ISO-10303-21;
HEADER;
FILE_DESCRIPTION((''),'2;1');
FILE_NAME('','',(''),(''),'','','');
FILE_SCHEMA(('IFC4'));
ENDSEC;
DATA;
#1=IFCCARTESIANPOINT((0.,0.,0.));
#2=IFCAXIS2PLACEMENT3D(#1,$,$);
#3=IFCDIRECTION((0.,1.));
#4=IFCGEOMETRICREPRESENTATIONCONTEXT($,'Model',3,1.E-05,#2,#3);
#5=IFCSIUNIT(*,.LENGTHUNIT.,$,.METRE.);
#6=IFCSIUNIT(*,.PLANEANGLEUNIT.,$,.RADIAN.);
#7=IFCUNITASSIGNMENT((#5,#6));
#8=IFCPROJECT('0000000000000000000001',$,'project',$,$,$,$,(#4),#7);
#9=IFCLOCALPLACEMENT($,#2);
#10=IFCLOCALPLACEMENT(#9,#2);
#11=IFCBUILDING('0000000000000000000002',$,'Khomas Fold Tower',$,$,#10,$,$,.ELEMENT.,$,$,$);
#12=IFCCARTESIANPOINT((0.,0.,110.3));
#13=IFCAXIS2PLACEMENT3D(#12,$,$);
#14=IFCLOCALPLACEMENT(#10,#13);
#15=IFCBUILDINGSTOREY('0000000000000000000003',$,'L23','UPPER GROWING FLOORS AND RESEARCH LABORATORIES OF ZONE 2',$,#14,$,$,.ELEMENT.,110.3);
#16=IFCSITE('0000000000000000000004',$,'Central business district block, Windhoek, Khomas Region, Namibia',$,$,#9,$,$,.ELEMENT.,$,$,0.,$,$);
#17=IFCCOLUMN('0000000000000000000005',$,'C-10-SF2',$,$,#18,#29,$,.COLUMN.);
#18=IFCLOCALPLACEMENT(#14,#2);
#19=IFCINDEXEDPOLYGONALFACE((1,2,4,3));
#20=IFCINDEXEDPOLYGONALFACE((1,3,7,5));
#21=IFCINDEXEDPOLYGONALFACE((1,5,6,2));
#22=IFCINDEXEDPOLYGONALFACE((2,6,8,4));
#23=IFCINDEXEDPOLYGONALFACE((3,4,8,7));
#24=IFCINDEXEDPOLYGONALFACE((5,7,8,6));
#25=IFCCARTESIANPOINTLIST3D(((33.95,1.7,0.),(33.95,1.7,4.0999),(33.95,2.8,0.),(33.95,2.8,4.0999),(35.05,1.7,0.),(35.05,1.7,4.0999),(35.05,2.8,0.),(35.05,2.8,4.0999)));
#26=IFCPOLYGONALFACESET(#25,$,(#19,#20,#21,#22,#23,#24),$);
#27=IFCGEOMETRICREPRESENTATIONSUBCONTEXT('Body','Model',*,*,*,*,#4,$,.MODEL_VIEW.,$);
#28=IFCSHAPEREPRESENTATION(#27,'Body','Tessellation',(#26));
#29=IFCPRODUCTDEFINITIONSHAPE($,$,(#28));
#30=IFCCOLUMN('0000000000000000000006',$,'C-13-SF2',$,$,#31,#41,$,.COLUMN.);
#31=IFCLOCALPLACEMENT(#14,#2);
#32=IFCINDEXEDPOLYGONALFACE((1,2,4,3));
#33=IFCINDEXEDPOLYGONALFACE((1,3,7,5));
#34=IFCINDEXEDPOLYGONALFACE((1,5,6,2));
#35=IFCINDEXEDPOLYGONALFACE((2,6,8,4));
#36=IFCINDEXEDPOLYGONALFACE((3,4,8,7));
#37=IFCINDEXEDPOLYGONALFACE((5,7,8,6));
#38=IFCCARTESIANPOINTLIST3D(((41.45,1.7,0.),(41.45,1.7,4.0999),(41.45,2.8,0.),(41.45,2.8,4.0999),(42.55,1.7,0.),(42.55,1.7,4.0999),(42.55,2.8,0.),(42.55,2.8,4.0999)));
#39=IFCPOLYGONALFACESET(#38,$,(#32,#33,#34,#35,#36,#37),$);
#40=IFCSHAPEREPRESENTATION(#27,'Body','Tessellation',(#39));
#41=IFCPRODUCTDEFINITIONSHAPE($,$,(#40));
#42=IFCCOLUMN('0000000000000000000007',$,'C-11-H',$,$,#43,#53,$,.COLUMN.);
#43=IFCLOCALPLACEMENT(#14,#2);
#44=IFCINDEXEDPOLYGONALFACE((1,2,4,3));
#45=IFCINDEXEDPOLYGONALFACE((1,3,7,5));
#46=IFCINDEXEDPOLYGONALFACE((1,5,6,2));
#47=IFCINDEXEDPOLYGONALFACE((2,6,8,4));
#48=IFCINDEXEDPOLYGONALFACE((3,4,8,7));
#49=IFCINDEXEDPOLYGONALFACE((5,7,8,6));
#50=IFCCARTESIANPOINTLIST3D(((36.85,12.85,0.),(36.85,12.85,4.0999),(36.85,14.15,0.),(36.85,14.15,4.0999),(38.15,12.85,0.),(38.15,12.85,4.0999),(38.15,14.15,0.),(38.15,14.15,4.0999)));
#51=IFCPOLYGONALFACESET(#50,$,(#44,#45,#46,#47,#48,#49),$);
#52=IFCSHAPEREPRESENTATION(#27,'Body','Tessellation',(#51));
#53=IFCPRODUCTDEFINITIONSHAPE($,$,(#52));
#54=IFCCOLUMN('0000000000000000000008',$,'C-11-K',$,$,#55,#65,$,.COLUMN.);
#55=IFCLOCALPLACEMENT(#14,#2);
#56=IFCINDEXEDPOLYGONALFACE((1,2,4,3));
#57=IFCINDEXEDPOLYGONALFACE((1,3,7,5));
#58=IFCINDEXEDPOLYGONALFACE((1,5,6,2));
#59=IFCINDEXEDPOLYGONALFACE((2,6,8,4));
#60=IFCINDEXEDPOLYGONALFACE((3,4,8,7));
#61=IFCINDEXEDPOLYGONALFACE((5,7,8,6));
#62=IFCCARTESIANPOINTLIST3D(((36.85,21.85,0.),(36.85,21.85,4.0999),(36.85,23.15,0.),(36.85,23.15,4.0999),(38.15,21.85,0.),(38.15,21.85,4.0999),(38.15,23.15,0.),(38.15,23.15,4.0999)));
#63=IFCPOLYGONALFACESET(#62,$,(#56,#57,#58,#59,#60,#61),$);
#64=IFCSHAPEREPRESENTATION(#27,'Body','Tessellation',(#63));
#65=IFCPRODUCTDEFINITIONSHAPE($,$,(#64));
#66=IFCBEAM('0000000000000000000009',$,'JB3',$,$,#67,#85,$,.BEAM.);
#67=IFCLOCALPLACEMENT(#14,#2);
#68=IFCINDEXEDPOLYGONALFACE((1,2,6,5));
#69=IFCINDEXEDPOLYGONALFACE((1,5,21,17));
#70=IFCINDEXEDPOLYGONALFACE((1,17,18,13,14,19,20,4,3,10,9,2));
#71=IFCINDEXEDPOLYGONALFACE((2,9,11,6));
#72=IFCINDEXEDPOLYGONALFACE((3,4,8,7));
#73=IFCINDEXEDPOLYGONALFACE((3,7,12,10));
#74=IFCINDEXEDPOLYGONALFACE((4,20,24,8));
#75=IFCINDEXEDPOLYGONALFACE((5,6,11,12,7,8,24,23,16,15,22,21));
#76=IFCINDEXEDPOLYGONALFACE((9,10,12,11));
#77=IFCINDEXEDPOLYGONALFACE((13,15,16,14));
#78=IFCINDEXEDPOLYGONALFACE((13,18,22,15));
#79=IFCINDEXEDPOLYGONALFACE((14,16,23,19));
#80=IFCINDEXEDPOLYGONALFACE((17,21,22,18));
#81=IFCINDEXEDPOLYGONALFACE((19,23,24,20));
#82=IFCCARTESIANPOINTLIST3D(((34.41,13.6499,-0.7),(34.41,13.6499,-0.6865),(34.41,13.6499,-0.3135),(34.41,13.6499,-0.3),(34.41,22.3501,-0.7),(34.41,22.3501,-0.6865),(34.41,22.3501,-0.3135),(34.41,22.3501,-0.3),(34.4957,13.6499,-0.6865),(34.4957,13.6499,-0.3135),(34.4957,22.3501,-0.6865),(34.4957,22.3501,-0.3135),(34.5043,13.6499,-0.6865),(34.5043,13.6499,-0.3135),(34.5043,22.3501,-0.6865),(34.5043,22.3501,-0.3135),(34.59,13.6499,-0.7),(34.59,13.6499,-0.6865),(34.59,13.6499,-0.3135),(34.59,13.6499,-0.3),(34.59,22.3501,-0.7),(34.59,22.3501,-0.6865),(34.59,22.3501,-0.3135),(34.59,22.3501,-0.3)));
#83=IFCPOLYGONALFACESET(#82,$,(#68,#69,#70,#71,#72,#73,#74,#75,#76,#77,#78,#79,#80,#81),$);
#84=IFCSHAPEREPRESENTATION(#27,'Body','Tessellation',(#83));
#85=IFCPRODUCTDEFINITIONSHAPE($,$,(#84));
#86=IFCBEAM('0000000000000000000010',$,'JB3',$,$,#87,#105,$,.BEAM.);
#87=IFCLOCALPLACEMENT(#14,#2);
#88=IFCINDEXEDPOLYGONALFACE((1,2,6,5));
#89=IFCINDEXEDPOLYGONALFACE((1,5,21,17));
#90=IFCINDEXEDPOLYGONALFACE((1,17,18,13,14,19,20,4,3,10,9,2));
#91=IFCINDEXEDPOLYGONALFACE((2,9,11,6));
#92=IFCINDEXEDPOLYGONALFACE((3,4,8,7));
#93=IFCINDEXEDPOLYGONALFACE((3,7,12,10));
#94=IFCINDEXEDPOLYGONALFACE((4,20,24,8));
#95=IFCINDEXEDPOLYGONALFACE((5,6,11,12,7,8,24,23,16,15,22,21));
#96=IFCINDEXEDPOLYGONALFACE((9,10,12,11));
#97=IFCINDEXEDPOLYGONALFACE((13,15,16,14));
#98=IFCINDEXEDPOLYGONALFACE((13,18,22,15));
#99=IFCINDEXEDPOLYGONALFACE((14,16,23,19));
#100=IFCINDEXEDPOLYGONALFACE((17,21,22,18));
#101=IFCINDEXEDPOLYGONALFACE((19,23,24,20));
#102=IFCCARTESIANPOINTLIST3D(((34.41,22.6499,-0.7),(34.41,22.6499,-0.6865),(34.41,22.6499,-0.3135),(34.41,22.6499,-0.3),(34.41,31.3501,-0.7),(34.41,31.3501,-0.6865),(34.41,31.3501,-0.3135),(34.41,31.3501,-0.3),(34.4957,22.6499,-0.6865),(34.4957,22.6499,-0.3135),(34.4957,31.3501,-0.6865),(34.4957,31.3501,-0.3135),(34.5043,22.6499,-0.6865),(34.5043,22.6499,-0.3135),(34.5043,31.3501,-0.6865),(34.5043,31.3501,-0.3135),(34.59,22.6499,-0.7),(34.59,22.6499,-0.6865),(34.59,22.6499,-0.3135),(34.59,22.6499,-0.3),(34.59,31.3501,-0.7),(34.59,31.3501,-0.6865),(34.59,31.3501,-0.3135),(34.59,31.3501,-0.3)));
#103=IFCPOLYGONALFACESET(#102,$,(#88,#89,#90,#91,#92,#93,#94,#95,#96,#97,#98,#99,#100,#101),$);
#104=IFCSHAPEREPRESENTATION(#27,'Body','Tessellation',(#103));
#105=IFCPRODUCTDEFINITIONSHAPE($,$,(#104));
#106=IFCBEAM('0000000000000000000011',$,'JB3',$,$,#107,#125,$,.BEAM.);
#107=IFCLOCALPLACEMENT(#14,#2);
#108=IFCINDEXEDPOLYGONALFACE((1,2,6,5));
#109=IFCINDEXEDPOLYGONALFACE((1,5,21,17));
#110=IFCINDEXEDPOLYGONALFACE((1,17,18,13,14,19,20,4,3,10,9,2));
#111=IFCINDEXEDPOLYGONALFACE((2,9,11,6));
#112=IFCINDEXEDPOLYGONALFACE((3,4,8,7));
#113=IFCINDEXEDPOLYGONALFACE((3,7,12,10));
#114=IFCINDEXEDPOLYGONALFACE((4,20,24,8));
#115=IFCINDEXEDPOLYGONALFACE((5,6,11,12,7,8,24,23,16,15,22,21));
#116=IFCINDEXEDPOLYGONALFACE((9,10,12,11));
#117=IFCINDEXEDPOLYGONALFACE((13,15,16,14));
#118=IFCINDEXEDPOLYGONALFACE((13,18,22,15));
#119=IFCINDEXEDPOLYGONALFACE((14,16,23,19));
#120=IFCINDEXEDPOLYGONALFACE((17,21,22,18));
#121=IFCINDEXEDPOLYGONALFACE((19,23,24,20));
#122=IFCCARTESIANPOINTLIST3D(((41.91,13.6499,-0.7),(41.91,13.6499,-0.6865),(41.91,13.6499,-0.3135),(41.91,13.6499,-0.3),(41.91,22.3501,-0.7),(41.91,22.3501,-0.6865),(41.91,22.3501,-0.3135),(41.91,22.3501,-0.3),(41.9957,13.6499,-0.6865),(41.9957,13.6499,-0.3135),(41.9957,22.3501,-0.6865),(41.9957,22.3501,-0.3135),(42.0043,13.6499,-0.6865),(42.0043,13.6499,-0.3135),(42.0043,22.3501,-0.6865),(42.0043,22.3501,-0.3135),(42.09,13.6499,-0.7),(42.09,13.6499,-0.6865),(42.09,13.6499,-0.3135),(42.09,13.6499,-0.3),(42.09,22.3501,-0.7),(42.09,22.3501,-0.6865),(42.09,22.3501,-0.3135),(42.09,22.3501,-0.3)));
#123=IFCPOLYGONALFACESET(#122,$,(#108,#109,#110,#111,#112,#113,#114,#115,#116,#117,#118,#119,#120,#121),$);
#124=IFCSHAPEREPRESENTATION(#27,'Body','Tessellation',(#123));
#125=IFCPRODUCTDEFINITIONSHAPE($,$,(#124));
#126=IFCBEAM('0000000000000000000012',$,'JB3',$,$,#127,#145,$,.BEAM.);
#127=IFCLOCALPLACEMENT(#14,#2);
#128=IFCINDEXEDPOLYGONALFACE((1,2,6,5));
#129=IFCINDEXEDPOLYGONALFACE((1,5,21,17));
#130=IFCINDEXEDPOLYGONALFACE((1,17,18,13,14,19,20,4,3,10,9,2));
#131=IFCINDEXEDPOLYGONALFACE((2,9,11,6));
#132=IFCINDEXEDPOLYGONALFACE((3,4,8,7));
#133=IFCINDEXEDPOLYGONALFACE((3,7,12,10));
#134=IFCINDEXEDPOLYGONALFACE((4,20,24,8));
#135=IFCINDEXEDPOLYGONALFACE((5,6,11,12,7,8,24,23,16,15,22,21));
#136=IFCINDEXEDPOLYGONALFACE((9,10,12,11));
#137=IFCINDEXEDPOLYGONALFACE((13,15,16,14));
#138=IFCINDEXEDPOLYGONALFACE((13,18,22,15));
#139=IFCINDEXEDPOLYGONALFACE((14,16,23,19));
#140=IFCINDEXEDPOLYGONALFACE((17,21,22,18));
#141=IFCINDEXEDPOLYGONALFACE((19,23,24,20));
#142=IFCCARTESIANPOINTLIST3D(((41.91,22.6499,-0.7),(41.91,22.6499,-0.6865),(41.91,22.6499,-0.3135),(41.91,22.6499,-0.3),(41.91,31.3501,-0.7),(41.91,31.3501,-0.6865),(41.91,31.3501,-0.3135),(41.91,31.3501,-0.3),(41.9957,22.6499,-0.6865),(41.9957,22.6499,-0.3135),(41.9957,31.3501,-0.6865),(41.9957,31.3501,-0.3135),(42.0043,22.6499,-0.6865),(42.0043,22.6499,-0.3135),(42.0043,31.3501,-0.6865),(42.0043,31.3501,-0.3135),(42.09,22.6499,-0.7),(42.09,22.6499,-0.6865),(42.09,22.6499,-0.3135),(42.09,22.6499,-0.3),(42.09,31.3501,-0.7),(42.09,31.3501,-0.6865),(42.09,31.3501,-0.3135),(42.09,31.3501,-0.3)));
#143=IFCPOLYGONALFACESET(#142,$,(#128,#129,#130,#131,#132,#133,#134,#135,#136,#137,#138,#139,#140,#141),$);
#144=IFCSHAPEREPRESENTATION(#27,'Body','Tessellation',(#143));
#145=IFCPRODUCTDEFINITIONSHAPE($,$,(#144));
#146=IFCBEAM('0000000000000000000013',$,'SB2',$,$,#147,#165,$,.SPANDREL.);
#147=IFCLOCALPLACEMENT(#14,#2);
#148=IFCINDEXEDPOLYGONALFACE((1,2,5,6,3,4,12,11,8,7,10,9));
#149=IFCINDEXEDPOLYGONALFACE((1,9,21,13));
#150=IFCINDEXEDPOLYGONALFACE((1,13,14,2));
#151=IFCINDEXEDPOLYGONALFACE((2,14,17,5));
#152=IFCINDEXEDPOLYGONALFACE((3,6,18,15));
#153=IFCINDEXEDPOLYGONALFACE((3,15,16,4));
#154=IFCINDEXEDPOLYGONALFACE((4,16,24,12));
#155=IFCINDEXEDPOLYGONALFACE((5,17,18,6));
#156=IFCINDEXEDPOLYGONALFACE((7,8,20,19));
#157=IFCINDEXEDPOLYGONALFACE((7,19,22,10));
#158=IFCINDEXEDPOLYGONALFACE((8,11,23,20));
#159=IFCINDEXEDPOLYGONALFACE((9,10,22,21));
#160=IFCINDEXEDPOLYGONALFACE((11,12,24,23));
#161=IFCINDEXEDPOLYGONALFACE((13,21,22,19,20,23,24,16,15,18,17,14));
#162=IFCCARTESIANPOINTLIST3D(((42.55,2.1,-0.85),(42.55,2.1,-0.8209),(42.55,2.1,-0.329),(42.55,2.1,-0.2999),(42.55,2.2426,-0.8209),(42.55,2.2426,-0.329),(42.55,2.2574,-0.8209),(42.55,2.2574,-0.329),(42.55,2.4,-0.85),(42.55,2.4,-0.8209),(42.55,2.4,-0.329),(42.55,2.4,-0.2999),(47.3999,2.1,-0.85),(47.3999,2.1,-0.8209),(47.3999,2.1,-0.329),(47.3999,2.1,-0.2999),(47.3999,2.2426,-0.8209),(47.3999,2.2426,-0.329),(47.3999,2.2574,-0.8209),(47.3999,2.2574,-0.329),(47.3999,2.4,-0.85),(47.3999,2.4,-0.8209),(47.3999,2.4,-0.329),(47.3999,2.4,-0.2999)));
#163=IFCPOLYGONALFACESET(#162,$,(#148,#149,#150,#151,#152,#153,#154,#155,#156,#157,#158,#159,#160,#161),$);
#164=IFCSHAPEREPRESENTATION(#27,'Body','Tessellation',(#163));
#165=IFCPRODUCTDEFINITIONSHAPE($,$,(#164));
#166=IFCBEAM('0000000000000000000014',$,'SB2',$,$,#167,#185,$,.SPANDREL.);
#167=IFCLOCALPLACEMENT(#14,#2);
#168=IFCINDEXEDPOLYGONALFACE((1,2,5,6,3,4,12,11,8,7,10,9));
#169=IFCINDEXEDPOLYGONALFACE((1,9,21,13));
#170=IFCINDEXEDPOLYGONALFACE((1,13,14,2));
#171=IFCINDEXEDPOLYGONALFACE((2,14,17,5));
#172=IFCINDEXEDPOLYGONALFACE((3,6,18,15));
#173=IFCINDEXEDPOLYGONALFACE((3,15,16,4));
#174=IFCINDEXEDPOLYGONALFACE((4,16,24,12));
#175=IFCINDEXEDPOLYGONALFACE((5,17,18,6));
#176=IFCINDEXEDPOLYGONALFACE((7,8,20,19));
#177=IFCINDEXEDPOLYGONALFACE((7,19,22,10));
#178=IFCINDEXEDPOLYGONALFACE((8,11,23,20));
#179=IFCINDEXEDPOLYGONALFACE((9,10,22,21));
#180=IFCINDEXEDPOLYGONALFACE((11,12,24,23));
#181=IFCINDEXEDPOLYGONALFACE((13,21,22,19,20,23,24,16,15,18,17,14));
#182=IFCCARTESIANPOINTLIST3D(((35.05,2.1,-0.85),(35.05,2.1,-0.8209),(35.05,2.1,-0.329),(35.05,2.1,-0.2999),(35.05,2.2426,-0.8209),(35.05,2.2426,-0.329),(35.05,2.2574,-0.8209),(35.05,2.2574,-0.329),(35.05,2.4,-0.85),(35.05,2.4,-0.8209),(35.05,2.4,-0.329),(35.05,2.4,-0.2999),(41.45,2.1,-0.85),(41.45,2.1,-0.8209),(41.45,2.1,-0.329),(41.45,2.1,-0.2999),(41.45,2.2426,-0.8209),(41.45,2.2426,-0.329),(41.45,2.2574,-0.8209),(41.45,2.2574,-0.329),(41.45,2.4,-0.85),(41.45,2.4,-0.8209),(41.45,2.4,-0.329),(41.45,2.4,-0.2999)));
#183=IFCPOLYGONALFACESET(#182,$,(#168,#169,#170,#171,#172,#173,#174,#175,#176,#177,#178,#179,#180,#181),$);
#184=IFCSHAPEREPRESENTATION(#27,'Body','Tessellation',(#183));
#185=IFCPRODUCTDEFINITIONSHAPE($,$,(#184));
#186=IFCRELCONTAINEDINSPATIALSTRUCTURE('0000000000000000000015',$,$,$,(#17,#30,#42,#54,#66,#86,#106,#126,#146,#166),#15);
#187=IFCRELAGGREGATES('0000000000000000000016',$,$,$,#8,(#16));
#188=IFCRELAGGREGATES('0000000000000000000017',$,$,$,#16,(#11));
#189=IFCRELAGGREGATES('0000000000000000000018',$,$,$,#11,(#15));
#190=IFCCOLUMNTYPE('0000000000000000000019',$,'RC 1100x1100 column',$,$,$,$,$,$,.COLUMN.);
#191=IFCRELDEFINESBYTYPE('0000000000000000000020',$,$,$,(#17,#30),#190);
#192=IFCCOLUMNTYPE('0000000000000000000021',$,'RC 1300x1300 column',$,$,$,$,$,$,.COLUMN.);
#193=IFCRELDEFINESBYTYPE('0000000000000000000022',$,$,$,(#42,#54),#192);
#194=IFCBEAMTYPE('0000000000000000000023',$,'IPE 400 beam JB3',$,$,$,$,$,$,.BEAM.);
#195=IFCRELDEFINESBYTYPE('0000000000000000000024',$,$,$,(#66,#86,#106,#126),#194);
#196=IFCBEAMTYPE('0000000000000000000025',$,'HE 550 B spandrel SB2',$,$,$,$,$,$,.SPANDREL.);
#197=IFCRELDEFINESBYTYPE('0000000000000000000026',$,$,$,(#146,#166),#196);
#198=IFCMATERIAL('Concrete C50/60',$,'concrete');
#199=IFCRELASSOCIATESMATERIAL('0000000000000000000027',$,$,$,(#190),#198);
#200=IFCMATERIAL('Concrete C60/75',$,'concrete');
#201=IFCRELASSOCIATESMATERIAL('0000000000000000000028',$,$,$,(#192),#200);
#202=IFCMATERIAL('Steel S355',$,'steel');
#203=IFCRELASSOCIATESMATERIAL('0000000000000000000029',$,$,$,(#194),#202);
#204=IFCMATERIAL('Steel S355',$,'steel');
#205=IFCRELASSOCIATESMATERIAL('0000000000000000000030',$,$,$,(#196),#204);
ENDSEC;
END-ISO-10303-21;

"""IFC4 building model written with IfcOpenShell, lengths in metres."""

from ifc_helpers import new_model, si_unit, direction, frame, origin, origin_2d, place, context, subcontext, project, spatial, rectangle, i_section, extrude, source, transform, mapped, material, material_profile, profile_set, type_object, element, save


model = new_model("IFC4")

# Units and contexts
model_context = context("Model", 3, precision=1e-05, world=origin(), true_north=direction((0.0, 1.0)))
body_context = subcontext(model_context, "Body", "Model", "MODEL_VIEW")
ifc_project = project(units=[si_unit("LENGTHUNIT", "METRE"), si_unit("PLANEANGLEUNIT", "RADIAN")], contexts=[model_context])

# Site, building, storey
site_placement = place(None, origin())
site = spatial("IfcSite", under=ifc_project, at=site_placement, Name="Central business district block, Windhoek, Khomas Region, Namibia", CompositionType="ELEMENT", RefElevation=0.0)
building_placement = place(site_placement, origin())
building = spatial("IfcBuilding", under=site, at=building_placement, Name="Khomas Fold Tower", CompositionType="ELEMENT")
storey_placement = place(building_placement, frame((0.0, 0.0, 110.3)))
storey = spatial("IfcBuildingStorey", under=building, at=storey_placement, Name="L23", Description="UPPER GROWING FLOORS AND RESEARCH LABORATORIES OF ZONE 2", CompositionType="ELEMENT", Elevation=110.3)

# Columns
ifc_material_1 = material(Name="Concrete C50/60", Category="concrete")
ifc_material_profile_1 = material_profile(ifc_material_1, rectangle(XDim=1.1001, YDim=1.1001, at=origin_2d()), Name="RC 1100x1100")
ifc_profile_set_1 = profile_set([ifc_material_profile_1], Name="Concrete C50/60")
column_type_1 = type_object("IfcColumnType", Name="RC 1100x1100 column", PredefinedType="COLUMN", material=ifc_profile_set_1)
shared_shape_1 = source(origin(), body_context, "Body", "SweptSolid", [
    extrude(rectangle(XDim=1.1001, YDim=1.1001, at=origin_2d()), origin(), (0.0, 0.0, 1.0), 4.0999),
])
for number, where, z_axis, x_axis, name in (
    (1, (34.5, 2.25, 0.0), (0.0, 0.0, 1.0), (1.0, 0.0, 0.0), "C-10-SF2"),
    (2, (42.0, 2.25, 0.0), (0.0, 0.0, 1.0), (1.0, 0.0, 0.0), "C-13-SF2"),
):
    element("IfcColumn", number, at=place(storey_placement, frame(where, z_axis=z_axis, x_axis=x_axis)), inside=storey, type_object=column_type_1, Name=name, PredefinedType="COLUMN", context=body_context, shape_type="MappedRepresentation", body=[
        mapped(shared_shape_1, transform((0.0, 0.0, 0.0))),
    ])
ifc_material_2 = material(Name="Concrete C60/75", Category="concrete")
ifc_material_profile_2 = material_profile(ifc_material_2, rectangle(XDim=1.3, YDim=1.3, at=origin_2d()), Name="RC 1300x1300")
ifc_profile_set_2 = profile_set([ifc_material_profile_2], Name="Concrete C60/75")
column_type_2 = type_object("IfcColumnType", Name="RC 1300x1300 column", PredefinedType="COLUMN", material=ifc_profile_set_2)
shared_shape_2 = source(origin(), body_context, "Body", "SweptSolid", [
    extrude(rectangle(XDim=1.3, YDim=1.3, at=origin_2d()), origin(), (0.0, 0.0, 1.0), 4.0999),
])
for number, where, z_axis, x_axis, name in (
    (3, (37.5, 13.5, 0.0), (0.0, 0.0, 1.0), (1.0, 0.0, 0.0), "C-11-H"),
    (4, (37.5, 22.5, 0.0), (0.0, 0.0, 1.0), (1.0, 0.0, 0.0), "C-11-K"),
):
    element("IfcColumn", number, at=place(storey_placement, frame(where, z_axis=z_axis, x_axis=x_axis)), inside=storey, type_object=column_type_2, Name=name, PredefinedType="COLUMN", context=body_context, shape_type="MappedRepresentation", body=[
        mapped(shared_shape_2, transform((0.0, 0.0, 0.0))),
    ])

# Beams
ifc_material_3 = material(Name="Steel S355", Category="steel")
ifc_material_profile_3 = material_profile(ifc_material_3, i_section(OverallWidth=0.1799, OverallDepth=0.3999, WebThickness=0.0085, FlangeThickness=0.0134, at=origin_2d()), Name="IPE 400")
ifc_profile_set_3 = profile_set([ifc_material_profile_3], Name="Steel S355")
beam_type_1 = type_object("IfcBeamType", Name="IPE 400 beam JB3", PredefinedType="BEAM", material=ifc_profile_set_3)
shared_shape_3 = source(origin(), body_context, "Body", "SweptSolid", [
    extrude(i_section(OverallWidth=0.1799, OverallDepth=0.3999, WebThickness=0.0085, FlangeThickness=0.0134, at=origin_2d()), origin(), (0.0, 0.0, 1.0), 8.7002),
])
for number, where, z_axis, x_axis, name in (
    (5, (34.5, 13.6499, -0.5), (0.0, 1.0, 0.0), (-1.0, 0.0, 0.0), "JB3"),
    (6, (34.5, 22.6499, -0.5), (0.0, 1.0, 0.0), (-1.0, 0.0, 0.0), "JB3"),
    (7, (42.0, 13.6499, -0.5), (0.0, 1.0, 0.0), (-1.0, 0.0, 0.0), "JB3"),
    (8, (42.0, 22.6499, -0.5), (0.0, 1.0, 0.0), (-1.0, 0.0, 0.0), "JB3"),
):
    element("IfcBeam", number, at=place(storey_placement, frame(where, z_axis=z_axis, x_axis=x_axis)), inside=storey, type_object=beam_type_1, Name=name, PredefinedType="BEAM", context=body_context, shape_type="MappedRepresentation", body=[
        mapped(shared_shape_3, transform((0.0, 0.0, 0.0))),
    ])
ifc_material_4 = material(Name="Steel S355", Category="steel")
ifc_material_profile_4 = material_profile(ifc_material_4, i_section(OverallWidth=0.3, OverallDepth=0.55, WebThickness=0.0149, FlangeThickness=0.0291, at=origin_2d()), Name="HE 550 B")
ifc_profile_set_4 = profile_set([ifc_material_profile_4], Name="Steel S355")
beam_type_2 = type_object("IfcBeamType", Name="HE 550 B spandrel SB2", PredefinedType="SPANDREL", material=ifc_profile_set_4)
shared_shape_4 = source(origin(), body_context, "Body", "SweptSolid", [
    extrude(i_section(OverallWidth=0.3, OverallDepth=0.55, WebThickness=0.0149, FlangeThickness=0.0291, at=origin_2d()), origin(), (0.0, 0.0, 1.0), 4.8499),
])
beam_1_placement = place(storey_placement, frame((42.55, 2.25, -0.575), z_axis=(1.0, 0.0, 0.0), x_axis=(0.0, 1.0, 0.0)))
element("IfcBeam", 9, at=beam_1_placement, inside=storey, type_object=beam_type_2, Name="SB2", PredefinedType="SPANDREL", context=body_context, shape_type="MappedRepresentation", body=[
    mapped(shared_shape_4, transform((0.0, 0.0, 0.0))),
])
shared_shape_5 = source(origin(), body_context, "Body", "SweptSolid", [
    extrude(i_section(OverallWidth=0.3, OverallDepth=0.55, WebThickness=0.0149, FlangeThickness=0.0291, at=origin_2d()), origin(), (0.0, 0.0, 1.0), 6.3999),
])
beam_2_placement = place(storey_placement, frame((35.05, 2.25, -0.575), z_axis=(1.0, 0.0, 0.0), x_axis=(0.0, 1.0, 0.0)))
element("IfcBeam", 10, at=beam_2_placement, inside=storey, type_object=beam_type_2, Name="SB2", PredefinedType="SPANDREL", context=body_context, shape_type="MappedRepresentation", body=[
    mapped(shared_shape_5, transform((0.0, 0.0, 0.0))),
])

save(model, "model.ifc")
